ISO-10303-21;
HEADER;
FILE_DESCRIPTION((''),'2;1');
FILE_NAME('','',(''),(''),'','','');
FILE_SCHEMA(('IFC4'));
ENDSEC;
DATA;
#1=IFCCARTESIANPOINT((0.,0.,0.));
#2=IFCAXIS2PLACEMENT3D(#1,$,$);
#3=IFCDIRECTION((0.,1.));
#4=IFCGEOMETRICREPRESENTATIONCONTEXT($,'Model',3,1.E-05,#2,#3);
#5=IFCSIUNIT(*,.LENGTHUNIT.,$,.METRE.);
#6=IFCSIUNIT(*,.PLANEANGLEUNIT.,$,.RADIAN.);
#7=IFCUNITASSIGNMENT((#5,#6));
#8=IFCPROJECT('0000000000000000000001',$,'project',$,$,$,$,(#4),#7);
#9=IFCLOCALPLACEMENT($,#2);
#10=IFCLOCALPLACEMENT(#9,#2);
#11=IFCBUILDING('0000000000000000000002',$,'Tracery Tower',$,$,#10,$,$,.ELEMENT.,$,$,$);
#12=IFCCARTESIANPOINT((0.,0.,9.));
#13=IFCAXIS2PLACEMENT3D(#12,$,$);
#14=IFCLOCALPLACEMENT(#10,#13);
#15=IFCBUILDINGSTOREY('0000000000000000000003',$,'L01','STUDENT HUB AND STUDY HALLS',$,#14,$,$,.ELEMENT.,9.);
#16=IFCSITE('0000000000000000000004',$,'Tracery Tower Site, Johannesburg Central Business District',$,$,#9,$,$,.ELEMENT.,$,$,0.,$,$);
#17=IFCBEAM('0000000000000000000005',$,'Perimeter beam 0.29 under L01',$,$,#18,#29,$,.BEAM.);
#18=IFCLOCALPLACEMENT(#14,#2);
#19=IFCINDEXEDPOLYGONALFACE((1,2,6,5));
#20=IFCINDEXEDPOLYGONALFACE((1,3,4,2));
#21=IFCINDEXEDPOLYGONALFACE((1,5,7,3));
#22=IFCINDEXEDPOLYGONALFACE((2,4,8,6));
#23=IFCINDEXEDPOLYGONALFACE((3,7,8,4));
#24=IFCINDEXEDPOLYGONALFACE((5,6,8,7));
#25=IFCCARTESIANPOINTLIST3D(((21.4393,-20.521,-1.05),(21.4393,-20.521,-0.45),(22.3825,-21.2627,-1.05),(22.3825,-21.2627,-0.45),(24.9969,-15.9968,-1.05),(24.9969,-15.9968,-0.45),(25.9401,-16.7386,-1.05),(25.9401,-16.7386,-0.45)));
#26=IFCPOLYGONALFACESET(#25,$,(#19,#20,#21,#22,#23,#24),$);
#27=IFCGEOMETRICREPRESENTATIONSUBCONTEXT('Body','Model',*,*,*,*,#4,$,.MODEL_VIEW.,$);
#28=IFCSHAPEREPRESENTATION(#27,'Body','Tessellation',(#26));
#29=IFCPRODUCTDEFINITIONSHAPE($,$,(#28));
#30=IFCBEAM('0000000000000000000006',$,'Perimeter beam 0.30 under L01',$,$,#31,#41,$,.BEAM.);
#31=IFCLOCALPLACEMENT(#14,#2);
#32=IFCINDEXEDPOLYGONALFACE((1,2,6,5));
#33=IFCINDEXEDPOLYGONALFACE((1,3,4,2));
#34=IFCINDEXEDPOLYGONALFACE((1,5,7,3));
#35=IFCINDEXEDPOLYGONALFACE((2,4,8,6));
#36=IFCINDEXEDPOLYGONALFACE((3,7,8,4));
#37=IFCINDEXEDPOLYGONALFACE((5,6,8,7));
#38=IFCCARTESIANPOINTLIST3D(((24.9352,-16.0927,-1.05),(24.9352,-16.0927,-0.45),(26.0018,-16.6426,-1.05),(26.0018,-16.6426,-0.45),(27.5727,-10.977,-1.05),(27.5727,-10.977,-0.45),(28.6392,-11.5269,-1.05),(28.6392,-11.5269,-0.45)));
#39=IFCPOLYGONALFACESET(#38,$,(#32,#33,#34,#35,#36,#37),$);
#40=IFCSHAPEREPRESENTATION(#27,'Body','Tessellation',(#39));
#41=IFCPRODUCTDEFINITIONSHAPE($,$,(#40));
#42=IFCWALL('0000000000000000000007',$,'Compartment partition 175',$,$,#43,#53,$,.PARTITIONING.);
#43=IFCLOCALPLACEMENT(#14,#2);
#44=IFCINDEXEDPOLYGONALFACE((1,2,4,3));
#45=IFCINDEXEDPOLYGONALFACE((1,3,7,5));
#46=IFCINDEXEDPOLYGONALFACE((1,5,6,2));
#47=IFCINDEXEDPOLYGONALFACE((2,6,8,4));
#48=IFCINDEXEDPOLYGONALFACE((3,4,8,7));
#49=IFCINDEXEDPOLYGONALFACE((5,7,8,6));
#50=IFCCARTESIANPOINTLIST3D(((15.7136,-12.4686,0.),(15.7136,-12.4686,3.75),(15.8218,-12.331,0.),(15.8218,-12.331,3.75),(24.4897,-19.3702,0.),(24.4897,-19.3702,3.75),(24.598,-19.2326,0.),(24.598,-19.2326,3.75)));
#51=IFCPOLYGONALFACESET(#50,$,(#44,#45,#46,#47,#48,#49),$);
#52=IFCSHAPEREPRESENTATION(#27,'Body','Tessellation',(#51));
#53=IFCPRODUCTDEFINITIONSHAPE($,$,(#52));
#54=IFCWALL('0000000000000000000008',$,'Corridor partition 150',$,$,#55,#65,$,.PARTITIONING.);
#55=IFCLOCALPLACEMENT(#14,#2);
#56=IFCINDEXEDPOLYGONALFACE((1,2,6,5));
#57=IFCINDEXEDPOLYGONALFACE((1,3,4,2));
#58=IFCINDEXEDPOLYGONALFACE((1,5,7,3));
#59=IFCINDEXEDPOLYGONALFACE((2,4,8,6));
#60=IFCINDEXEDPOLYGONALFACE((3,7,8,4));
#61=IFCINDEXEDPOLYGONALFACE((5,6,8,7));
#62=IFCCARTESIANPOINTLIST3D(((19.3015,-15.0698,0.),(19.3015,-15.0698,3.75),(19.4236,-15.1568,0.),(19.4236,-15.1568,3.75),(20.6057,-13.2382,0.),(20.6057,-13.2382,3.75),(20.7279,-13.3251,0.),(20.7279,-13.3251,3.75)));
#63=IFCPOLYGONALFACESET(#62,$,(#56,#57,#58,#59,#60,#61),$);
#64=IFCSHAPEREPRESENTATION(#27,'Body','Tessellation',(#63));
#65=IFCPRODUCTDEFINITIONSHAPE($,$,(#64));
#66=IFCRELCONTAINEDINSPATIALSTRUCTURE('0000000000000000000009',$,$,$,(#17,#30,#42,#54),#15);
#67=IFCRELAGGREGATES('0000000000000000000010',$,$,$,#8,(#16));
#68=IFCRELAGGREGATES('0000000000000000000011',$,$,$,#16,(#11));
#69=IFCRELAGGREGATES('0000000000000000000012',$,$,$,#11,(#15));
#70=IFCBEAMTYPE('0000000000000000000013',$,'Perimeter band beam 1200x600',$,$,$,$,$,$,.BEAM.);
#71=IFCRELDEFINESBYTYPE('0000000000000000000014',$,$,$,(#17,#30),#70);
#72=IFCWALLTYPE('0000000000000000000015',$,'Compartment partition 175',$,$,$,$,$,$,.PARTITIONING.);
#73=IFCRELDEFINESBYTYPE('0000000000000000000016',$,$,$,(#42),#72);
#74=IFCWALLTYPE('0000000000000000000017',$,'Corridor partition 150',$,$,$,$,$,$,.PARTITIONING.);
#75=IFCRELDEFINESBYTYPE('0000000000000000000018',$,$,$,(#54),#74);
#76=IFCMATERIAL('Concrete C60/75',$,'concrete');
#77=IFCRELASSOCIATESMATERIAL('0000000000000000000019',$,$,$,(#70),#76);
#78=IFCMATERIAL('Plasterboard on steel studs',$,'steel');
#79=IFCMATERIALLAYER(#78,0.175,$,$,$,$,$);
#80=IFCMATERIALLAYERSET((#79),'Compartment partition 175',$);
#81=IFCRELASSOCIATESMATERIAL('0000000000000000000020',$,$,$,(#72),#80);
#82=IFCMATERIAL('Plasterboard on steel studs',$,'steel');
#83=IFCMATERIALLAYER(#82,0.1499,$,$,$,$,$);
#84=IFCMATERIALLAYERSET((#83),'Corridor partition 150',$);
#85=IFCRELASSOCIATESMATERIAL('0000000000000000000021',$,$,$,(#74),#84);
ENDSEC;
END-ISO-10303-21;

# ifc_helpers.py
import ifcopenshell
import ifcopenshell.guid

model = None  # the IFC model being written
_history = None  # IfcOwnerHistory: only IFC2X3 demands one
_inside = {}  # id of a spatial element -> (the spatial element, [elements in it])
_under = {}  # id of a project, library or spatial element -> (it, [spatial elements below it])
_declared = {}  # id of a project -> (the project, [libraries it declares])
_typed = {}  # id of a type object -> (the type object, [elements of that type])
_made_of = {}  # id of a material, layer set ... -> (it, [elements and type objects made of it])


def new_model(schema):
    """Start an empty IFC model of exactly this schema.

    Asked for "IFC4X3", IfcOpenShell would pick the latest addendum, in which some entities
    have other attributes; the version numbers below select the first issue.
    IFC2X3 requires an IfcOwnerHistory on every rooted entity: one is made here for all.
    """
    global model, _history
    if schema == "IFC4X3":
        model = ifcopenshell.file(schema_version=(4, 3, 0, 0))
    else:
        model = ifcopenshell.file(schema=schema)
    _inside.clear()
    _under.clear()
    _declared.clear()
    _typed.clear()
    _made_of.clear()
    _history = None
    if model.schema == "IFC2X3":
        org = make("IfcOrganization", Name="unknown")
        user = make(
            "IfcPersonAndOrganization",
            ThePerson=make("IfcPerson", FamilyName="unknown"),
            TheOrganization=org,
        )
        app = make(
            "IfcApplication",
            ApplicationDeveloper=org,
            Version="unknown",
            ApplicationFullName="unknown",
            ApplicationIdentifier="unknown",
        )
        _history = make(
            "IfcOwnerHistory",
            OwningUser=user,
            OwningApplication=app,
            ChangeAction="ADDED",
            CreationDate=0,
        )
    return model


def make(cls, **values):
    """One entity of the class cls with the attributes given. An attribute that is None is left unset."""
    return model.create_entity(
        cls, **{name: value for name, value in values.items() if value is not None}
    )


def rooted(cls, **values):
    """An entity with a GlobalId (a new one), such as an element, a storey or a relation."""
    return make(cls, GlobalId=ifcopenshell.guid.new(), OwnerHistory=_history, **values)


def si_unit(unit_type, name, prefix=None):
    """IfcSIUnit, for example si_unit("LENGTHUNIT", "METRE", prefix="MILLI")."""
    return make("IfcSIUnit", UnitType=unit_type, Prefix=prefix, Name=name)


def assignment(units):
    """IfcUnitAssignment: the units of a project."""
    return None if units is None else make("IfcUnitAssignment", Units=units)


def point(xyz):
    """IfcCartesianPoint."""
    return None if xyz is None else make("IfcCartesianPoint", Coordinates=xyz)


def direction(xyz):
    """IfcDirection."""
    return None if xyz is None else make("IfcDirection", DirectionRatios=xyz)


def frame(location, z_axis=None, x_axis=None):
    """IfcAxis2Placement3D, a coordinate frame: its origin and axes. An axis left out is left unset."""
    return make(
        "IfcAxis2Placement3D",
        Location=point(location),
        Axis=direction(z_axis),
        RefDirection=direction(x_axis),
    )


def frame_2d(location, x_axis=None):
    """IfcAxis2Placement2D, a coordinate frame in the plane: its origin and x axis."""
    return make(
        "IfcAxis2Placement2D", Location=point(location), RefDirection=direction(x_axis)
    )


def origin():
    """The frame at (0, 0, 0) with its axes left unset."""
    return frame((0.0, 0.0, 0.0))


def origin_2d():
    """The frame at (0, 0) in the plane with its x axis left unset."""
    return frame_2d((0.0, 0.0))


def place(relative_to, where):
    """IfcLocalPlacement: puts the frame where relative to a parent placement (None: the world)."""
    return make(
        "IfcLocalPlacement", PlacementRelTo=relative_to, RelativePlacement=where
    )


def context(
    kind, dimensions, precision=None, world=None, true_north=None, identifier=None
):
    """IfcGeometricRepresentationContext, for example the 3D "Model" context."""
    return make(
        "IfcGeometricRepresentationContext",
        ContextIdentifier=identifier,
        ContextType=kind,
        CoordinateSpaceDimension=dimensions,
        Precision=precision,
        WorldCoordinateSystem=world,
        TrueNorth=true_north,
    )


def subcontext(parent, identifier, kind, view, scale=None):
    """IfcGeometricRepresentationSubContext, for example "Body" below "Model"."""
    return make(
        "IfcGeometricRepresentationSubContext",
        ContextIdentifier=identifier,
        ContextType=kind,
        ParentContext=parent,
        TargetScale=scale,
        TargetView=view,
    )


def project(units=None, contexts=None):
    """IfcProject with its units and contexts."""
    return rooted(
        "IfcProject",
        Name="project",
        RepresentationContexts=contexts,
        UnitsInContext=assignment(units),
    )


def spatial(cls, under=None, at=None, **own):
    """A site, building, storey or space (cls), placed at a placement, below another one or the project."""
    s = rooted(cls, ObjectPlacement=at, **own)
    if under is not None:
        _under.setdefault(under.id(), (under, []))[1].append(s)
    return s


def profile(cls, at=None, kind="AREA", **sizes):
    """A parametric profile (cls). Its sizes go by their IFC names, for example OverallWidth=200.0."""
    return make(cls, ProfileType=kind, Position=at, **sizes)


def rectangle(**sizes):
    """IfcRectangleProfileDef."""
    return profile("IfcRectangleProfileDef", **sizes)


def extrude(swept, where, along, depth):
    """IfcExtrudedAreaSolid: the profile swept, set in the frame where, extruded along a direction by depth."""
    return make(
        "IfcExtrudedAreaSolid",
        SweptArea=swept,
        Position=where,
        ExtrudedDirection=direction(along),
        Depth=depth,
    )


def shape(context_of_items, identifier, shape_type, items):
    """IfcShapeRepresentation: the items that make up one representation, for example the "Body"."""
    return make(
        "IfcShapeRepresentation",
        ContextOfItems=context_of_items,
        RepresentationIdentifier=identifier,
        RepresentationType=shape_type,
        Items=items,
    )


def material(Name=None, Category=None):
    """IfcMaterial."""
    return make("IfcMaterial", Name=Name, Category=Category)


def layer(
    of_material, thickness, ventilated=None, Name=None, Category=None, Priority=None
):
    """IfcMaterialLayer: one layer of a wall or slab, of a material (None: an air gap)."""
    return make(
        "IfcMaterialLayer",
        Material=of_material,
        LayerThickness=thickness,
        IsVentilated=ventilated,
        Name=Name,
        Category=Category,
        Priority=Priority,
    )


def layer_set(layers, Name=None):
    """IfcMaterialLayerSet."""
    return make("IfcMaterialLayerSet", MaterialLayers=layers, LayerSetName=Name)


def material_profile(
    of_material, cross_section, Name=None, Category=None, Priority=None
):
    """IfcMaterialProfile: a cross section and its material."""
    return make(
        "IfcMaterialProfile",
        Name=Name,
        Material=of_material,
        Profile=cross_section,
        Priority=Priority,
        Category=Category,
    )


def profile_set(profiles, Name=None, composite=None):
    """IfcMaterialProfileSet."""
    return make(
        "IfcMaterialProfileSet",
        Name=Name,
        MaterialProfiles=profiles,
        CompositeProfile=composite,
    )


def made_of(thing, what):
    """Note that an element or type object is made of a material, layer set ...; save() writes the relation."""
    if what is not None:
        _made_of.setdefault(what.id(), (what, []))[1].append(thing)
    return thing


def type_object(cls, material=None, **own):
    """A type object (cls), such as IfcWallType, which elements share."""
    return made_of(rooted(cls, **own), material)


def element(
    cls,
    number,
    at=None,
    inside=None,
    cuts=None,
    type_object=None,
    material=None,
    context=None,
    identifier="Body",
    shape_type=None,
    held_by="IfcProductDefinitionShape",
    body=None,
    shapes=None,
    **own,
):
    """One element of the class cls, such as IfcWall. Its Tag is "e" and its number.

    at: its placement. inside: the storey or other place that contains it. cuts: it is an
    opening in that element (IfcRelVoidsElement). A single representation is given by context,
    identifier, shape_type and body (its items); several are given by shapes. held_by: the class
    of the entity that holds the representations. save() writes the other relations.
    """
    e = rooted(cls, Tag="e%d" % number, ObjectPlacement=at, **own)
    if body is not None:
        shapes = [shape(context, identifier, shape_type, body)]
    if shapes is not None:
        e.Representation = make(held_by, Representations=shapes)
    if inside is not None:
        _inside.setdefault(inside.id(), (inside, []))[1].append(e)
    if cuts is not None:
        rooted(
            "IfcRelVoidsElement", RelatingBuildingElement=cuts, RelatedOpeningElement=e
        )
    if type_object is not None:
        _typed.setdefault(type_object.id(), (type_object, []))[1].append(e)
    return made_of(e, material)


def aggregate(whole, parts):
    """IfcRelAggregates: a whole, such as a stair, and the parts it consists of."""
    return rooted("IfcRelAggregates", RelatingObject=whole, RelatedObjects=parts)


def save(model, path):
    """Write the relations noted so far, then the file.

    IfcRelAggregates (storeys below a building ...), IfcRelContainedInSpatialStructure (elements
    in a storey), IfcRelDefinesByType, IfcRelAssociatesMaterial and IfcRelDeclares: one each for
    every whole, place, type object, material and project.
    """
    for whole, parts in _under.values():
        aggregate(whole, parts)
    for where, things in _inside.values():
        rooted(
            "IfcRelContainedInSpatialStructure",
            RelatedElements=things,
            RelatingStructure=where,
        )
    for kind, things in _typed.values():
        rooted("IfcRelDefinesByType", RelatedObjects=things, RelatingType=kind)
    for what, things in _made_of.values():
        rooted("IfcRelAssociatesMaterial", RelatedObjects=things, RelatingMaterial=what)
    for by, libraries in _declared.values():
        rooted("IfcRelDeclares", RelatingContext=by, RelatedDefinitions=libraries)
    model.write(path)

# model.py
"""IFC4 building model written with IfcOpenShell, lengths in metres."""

from ifc_helpers import new_model, si_unit, direction, frame, frame_2d, origin, origin_2d, place, context, subcontext, project, spatial, rectangle, extrude, material, layer, layer_set, material_profile, profile_set, type_object, element, save


model = new_model("IFC4")

# Units and contexts
model_context = context("Model", 3, precision=1e-05, world=origin(), true_north=direction((0.0, 1.0)))
body_context = subcontext(model_context, "Body", "Model", "MODEL_VIEW")
ifc_project = project(units=[si_unit("LENGTHUNIT", "METRE"), si_unit("PLANEANGLEUNIT", "RADIAN")], contexts=[model_context])

# Site, building, storey
site_placement = place(None, origin())
site = spatial("IfcSite", under=ifc_project, at=site_placement, Name="Tracery Tower Site, Johannesburg Central Business District", CompositionType="ELEMENT", RefElevation=0.0)
building_placement = place(site_placement, origin())
building = spatial("IfcBuilding", under=site, at=building_placement, Name="Tracery Tower", CompositionType="ELEMENT")
storey_placement = place(building_placement, frame((0.0, 0.0, 9.0)))
storey = spatial("IfcBuildingStorey", under=building, at=storey_placement, Name="L01", Description="STUDENT HUB AND STUDY HALLS", CompositionType="ELEMENT", Elevation=9.0)

# Beams
ifc_material_1 = material(Name="Concrete C60/75", Category="concrete")
ifc_material_profile_1 = material_profile(ifc_material_1, rectangle(XDim=1.2, YDim=0.6001, at=origin_2d()), Name="RC 1200x600")
ifc_profile_set_1 = profile_set([ifc_material_profile_1], Name="Concrete C60/75")
beam_type = type_object("IfcBeamType", Name="Perimeter band beam 1200x600", PredefinedType="BEAM", material=ifc_profile_set_1)
beam_1_placement = place(storey_placement, frame((21.9109, -20.8918, -0.75), z_axis=(0.618134, 0.786072, 0.0), x_axis=(-0.786072, 0.618134, 0.0)))
element("IfcBeam", 1, at=beam_1_placement, inside=storey, type_object=beam_type, Name="Perimeter beam 0.29 under L01", PredefinedType="BEAM", context=body_context, shape_type="SweptSolid", body=[
    extrude(rectangle(XDim=1.2, YDim=0.6001, at=origin_2d()), origin(), (0.0, 0.0, 1.0), 5.7554),
])
beam_2_placement = place(storey_placement, frame((25.4685, -16.3677, -0.75), z_axis=(0.458242, 0.888827, 0.0), x_axis=(-0.888827, 0.458242, 0.0)))
element("IfcBeam", 2, at=beam_2_placement, inside=storey, type_object=beam_type, Name="Perimeter beam 0.30 under L01", PredefinedType="BEAM", context=body_context, shape_type="SweptSolid", body=[
    extrude(rectangle(XDim=1.2, YDim=0.6001, at=origin_2d()), origin(), (0.0, 0.0, 1.0), 5.7556),
])

# Walls
ifc_material_2 = material(Name="Plasterboard on steel studs", Category="steel")
ifc_layer_1 = layer(ifc_material_2, 0.175)
ifc_layer_set_1 = layer_set([ifc_layer_1], Name="Compartment partition 175")
wall_type_1 = type_object("IfcWallType", Name="Compartment partition 175", PredefinedType="PARTITIONING", material=ifc_layer_set_1)
wall_1_placement = place(storey_placement, frame((24.5439, -19.3015, 0.0), z_axis=(0.0, 0.0, 1.0), x_axis=(-0.786053, 0.618159, 0.0)))
element("IfcWall", 3, at=wall_1_placement, inside=storey, type_object=wall_type_1, Name="Compartment partition 175", PredefinedType="PARTITIONING", context=body_context, shape_type="SweptSolid", body=[
    extrude(rectangle(XDim=11.1648, YDim=0.175, at=frame_2d((5.5825, 0.0))), origin(), (0.0, 0.0, 1.0), 3.75),
])
ifc_material_3 = material(Name="Plasterboard on steel studs", Category="steel")
ifc_layer_2 = layer(ifc_material_3, 0.1499)
ifc_layer_set_2 = layer_set([ifc_layer_2], Name="Corridor partition 150")
wall_type_2 = type_object("IfcWallType", Name="Corridor partition 150", PredefinedType="PARTITIONING", material=ifc_layer_set_2)
wall_2_placement = place(storey_placement, frame((19.3625, -15.1133, 0.0), z_axis=(0.0, 0.0, 1.0), x_axis=(0.580046, 0.814584, 0.0)))
element("IfcWall", 4, at=wall_2_placement, inside=storey, type_object=wall_type_2, Name="Corridor partition 150", PredefinedType="PARTITIONING", context=body_context, shape_type="SweptSolid", body=[
    extrude(rectangle(XDim=2.2485, YDim=0.1499, at=frame_2d((1.1243, 0.0))), origin(), (0.0, 0.0, 1.0), 3.75),
])

save(model, "model.ifc")
